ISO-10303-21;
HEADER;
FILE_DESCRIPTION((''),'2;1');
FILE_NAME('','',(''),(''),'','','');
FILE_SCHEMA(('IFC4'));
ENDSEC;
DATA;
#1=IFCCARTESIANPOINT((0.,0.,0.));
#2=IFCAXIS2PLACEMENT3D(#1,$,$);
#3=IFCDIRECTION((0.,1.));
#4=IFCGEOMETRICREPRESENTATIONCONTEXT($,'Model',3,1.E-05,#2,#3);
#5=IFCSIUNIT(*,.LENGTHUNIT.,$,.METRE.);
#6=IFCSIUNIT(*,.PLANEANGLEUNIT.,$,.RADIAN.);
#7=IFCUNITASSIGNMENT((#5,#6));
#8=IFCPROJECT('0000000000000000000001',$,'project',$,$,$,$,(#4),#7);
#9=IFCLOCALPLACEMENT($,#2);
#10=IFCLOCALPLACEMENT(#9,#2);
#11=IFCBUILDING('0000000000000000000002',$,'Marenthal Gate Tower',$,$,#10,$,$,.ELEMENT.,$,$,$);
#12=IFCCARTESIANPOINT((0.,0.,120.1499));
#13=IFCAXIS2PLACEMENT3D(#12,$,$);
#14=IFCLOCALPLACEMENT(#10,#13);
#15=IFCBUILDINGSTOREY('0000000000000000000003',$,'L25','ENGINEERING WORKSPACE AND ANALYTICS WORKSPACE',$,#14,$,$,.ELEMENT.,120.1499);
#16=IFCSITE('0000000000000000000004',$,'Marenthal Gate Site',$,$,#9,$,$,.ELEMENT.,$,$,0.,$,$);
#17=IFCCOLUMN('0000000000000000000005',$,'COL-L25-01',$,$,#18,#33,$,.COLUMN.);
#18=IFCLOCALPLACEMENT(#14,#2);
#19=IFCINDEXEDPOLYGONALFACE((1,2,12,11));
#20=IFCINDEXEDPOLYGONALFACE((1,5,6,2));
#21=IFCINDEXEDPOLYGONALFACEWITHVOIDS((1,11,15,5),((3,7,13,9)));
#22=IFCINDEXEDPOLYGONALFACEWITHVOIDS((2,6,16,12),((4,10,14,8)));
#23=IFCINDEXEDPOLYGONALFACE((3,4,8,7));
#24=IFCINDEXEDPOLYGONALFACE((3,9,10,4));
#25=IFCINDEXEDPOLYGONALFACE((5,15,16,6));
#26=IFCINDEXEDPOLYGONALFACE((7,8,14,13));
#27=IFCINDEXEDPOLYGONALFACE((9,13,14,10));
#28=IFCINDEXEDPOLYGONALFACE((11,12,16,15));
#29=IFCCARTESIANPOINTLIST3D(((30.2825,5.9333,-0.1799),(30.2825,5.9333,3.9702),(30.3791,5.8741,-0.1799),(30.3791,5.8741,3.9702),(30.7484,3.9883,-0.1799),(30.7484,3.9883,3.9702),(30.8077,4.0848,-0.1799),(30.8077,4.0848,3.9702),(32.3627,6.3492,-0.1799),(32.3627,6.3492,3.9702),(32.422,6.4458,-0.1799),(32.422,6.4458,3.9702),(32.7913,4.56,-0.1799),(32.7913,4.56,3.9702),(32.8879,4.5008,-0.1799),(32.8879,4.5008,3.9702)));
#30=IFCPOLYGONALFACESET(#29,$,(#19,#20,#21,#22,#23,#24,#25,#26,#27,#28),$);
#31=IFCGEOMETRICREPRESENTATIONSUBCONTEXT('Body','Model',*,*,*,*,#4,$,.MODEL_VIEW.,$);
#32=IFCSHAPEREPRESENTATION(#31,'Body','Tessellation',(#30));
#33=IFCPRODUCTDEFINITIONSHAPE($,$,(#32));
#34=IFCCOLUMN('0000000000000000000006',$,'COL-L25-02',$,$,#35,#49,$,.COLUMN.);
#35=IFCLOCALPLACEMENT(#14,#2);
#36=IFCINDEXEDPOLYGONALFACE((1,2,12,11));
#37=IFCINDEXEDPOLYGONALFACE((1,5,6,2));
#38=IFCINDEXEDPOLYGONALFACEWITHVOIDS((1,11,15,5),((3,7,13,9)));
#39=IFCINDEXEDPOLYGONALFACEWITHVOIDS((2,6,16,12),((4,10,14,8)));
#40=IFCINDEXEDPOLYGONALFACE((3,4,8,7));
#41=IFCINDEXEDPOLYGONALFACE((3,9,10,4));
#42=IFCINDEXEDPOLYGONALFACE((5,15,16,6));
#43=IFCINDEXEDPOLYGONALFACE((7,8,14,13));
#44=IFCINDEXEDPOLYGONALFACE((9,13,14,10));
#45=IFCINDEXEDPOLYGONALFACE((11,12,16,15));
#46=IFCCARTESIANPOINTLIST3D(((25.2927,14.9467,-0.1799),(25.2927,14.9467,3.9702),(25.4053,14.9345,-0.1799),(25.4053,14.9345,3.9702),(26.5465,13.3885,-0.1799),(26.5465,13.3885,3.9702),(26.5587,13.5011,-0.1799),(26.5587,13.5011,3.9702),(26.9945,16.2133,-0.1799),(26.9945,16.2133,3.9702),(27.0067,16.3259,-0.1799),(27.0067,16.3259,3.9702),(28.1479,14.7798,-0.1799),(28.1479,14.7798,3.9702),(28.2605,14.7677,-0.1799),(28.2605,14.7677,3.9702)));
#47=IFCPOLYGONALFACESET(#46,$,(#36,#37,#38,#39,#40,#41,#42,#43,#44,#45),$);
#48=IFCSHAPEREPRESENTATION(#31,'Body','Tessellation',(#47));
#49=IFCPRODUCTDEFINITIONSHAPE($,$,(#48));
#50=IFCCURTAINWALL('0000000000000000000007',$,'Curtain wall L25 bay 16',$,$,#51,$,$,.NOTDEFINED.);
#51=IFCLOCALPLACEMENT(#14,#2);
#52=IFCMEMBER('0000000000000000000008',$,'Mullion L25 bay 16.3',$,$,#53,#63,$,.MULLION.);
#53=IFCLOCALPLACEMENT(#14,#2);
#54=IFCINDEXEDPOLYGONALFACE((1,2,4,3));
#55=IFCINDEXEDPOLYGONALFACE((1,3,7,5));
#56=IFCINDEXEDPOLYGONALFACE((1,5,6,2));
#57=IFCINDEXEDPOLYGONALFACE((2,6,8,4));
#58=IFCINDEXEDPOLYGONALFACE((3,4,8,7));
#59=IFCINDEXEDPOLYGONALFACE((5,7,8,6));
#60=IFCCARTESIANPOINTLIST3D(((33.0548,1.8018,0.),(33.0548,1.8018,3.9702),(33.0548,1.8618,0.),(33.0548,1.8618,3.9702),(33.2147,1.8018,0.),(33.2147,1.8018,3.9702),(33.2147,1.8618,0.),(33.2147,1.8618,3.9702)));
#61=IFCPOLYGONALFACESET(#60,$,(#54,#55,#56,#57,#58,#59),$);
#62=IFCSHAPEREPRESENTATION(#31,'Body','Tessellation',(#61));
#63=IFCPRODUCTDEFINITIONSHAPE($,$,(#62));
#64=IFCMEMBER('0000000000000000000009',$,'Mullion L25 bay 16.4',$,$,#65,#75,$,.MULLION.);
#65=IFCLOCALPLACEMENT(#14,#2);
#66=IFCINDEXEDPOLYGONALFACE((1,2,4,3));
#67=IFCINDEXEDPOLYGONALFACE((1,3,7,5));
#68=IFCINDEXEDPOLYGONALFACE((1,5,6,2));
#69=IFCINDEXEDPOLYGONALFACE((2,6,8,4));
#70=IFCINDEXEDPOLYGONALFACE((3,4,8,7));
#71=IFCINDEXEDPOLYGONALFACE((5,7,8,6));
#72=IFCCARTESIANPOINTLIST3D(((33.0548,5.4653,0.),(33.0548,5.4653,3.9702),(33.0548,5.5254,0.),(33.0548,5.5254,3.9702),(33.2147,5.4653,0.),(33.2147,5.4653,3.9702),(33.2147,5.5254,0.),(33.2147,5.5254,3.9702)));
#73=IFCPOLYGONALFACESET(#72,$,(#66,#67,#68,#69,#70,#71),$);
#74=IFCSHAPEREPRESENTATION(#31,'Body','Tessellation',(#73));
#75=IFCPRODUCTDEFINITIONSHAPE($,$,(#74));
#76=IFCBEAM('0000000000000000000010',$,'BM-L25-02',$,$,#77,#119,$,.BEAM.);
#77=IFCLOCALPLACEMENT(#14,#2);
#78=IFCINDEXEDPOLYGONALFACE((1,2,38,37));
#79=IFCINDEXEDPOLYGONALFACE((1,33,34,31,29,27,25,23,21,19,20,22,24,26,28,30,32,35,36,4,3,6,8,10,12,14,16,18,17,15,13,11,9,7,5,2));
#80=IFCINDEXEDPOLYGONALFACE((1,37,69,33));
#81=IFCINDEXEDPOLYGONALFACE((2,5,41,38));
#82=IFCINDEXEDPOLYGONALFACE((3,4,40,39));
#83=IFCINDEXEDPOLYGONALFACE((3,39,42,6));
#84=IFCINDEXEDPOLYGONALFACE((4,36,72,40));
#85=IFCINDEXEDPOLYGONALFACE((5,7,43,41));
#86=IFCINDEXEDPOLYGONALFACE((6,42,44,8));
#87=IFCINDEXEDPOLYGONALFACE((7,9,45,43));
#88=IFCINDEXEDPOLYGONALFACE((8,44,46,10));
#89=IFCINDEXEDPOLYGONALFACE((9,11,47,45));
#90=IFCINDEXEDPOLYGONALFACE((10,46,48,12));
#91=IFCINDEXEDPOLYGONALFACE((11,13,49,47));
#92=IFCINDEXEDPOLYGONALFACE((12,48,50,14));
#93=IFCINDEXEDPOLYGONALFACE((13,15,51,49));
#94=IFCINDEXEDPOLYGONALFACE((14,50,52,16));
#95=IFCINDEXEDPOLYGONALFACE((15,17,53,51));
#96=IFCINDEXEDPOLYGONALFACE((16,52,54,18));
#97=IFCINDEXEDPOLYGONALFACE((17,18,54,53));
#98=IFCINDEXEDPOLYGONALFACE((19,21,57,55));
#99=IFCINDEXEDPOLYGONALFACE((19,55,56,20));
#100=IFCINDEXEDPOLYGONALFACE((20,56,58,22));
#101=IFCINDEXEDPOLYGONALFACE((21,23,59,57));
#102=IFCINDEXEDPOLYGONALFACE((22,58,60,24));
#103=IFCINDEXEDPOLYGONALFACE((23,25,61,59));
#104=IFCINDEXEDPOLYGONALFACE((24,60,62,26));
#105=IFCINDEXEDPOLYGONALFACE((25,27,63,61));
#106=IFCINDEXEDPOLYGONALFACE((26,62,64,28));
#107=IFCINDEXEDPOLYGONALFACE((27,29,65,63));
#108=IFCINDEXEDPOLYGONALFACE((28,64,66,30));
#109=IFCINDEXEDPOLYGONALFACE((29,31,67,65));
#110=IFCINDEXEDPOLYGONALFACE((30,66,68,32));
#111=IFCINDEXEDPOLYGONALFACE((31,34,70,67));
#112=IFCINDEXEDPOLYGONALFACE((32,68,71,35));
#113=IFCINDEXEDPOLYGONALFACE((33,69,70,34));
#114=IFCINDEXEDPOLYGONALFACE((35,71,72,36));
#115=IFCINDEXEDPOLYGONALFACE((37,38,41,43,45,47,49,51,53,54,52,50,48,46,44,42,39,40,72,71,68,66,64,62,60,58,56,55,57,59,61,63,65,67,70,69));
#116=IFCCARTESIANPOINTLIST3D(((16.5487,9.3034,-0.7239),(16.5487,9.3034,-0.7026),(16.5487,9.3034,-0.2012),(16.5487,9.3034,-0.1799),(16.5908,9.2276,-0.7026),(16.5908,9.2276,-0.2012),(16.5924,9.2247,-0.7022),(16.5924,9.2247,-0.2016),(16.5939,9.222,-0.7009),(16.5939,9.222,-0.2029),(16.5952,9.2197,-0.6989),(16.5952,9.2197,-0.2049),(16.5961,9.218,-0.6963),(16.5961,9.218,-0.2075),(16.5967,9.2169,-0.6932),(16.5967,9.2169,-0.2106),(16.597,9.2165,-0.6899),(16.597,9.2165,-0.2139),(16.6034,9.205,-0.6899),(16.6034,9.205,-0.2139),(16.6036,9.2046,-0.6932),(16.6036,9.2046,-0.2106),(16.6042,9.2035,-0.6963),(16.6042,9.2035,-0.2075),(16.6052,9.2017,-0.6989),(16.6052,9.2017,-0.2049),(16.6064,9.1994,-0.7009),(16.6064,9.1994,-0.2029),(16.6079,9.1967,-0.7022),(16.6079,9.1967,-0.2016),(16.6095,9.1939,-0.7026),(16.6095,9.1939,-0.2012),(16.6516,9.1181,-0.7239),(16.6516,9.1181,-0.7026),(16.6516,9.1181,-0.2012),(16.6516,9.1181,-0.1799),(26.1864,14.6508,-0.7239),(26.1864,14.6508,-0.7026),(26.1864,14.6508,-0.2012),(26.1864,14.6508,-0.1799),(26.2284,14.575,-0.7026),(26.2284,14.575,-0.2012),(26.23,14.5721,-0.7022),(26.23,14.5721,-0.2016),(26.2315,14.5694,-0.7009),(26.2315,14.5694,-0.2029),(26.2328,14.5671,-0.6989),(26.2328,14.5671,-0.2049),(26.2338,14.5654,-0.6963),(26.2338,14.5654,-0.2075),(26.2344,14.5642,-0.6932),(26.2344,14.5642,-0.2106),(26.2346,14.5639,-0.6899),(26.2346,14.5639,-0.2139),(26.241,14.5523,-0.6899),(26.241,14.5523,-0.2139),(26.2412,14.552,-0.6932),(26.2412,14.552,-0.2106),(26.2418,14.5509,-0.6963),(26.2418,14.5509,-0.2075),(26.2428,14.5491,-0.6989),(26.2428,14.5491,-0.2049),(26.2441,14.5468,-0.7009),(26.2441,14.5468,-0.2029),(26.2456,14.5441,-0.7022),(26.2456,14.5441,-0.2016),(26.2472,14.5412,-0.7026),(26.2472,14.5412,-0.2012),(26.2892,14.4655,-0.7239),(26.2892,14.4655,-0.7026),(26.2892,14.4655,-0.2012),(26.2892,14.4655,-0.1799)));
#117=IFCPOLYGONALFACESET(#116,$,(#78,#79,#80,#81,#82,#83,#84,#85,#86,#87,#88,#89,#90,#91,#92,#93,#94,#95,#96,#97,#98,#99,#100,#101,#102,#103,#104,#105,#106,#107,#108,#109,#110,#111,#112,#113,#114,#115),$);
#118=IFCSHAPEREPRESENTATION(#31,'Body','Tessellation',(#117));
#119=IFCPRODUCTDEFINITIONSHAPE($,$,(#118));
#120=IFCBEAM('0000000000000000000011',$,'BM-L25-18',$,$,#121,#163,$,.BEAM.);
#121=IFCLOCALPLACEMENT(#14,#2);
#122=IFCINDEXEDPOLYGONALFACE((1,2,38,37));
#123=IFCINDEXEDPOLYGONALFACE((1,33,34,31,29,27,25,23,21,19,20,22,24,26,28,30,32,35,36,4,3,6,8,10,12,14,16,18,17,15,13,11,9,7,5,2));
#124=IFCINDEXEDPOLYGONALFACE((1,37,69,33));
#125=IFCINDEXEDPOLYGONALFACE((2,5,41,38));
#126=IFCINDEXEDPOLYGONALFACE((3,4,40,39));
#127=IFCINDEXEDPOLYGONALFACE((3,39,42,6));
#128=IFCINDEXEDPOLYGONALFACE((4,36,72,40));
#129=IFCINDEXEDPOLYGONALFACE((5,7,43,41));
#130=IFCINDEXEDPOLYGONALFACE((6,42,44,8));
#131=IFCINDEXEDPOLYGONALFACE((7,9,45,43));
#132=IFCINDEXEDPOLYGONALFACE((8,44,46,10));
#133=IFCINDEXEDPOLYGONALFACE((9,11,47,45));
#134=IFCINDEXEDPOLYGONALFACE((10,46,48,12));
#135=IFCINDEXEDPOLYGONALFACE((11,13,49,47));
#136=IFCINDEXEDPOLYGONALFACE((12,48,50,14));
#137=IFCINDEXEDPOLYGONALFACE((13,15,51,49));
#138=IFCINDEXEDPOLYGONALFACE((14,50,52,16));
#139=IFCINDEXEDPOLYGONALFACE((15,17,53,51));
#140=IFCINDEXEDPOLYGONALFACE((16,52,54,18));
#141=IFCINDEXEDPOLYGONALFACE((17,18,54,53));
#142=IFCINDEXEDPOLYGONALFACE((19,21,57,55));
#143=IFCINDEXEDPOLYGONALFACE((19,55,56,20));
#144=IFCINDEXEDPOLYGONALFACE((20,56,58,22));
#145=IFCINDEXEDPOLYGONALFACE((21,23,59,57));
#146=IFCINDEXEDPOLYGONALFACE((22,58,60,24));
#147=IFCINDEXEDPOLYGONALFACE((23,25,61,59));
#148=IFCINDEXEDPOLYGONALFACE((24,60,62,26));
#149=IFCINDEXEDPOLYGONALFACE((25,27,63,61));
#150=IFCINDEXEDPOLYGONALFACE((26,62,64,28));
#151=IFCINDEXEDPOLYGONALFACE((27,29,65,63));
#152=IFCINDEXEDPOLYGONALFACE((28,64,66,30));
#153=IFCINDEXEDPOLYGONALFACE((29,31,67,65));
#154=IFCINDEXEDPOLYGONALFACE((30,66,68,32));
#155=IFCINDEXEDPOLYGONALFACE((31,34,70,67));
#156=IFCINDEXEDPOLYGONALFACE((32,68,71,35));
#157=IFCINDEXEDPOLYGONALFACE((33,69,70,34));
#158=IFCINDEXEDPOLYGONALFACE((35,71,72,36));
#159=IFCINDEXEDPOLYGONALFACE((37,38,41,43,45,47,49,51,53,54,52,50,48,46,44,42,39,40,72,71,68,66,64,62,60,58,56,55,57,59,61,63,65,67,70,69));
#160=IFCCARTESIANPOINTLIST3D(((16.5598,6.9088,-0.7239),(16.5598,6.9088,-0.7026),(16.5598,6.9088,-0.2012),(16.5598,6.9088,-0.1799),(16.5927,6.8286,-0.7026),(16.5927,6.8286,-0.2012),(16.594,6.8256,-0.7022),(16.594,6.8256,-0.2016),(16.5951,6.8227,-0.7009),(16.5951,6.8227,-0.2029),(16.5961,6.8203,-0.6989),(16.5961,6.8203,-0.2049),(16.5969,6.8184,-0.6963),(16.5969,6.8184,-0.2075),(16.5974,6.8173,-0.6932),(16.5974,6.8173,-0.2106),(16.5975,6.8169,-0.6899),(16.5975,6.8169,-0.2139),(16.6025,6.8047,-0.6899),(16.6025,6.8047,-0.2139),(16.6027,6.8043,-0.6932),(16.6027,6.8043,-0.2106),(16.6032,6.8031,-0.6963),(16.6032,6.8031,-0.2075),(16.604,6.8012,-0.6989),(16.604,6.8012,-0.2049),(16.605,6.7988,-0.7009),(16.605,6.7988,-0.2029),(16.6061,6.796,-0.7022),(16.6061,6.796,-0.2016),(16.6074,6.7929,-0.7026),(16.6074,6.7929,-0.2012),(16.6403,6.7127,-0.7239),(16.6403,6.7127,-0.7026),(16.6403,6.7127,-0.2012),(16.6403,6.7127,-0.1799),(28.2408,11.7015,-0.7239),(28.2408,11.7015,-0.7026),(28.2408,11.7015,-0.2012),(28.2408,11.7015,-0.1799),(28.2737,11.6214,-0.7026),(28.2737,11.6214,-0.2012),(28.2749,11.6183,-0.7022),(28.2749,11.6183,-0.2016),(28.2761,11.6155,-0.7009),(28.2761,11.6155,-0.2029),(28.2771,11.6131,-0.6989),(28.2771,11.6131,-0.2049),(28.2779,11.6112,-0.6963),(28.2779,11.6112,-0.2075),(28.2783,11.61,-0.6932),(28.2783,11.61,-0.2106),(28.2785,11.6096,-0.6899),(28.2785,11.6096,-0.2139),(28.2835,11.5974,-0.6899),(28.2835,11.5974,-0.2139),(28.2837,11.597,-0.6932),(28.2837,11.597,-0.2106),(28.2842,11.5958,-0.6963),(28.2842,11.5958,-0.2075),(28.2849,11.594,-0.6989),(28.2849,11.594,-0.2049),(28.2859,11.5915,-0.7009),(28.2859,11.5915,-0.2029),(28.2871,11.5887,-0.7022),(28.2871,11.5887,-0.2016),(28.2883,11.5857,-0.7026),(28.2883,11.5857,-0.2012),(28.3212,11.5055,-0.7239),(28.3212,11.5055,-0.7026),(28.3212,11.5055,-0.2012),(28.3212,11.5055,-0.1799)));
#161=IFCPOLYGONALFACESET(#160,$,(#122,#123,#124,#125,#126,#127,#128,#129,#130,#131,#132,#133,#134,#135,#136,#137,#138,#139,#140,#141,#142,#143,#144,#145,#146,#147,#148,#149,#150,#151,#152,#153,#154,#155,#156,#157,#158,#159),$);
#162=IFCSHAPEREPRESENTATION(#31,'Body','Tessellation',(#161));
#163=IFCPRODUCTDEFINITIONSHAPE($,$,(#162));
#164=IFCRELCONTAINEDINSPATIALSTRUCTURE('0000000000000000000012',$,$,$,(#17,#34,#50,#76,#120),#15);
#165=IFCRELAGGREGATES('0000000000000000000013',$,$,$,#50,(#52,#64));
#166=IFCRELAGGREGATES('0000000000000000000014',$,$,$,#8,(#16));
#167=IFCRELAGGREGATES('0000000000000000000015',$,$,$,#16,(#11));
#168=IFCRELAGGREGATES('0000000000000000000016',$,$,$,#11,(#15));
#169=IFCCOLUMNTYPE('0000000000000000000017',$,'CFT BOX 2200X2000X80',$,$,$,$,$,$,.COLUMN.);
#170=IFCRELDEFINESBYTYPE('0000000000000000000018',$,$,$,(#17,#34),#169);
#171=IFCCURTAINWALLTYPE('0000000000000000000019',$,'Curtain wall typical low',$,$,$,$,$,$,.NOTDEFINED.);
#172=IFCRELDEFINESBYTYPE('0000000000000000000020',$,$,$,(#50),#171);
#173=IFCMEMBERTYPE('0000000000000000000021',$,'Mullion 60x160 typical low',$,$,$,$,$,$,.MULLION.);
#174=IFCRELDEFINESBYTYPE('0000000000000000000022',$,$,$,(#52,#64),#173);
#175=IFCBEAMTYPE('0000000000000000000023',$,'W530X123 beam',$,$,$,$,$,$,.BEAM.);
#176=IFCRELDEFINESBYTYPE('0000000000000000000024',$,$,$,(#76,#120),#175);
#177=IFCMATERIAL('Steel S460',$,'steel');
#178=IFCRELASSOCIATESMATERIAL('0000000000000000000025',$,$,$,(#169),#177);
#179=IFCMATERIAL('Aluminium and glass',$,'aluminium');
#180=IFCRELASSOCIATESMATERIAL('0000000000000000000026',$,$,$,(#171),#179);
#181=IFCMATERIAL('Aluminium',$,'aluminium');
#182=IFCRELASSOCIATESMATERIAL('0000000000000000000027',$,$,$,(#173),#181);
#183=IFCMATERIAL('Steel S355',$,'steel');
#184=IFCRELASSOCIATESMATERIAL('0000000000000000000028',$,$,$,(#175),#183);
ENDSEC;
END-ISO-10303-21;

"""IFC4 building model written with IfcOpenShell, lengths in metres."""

from ifc_helpers import new_model, si_unit, direction, frame, origin, origin_2d, place, context, subcontext, project, spatial, rectangle, hollow_rectangle, i_section, extrude, material, material_profile, profile_set, type_object, element, aggregate, save


model = new_model("IFC4")

# Units and contexts
model_context = context("Model", 3, precision=1e-05, world=origin(), true_north=direction((0.0, 1.0)))
body_context = subcontext(model_context, "Body", "Model", "MODEL_VIEW")
ifc_project = project(units=[si_unit("LENGTHUNIT", "METRE"), si_unit("PLANEANGLEUNIT", "RADIAN")], contexts=[model_context])

# Site, building, storey
site_placement = place(None, origin())
site = spatial("IfcSite", under=ifc_project, at=site_placement, Name="Marenthal Gate Site", CompositionType="ELEMENT", RefElevation=0.0)
building_placement = place(site_placement, origin())
building = spatial("IfcBuilding", under=site, at=building_placement, Name="Marenthal Gate Tower", CompositionType="ELEMENT")
storey_placement = place(building_placement, frame((0.0, 0.0, 120.1499)))
storey = spatial("IfcBuildingStorey", under=building, at=storey_placement, Name="L25", Description="ENGINEERING WORKSPACE AND ANALYTICS WORKSPACE", CompositionType="ELEMENT", Elevation=120.1499)

# Columns
ifc_material_1 = material(Name="Steel S460", Category="steel")
ifc_material_profile_1 = material_profile(ifc_material_1, hollow_rectangle(XDim=2.0, YDim=2.2, WallThickness=0.0801, at=origin_2d()), Name="CFT BOX 2200X2000X80")
ifc_material_2 = material(Name="Concrete 70 MPa", Category="concrete")
ifc_material_profile_2 = material_profile(ifc_material_2, rectangle(XDim=1.8401, YDim=2.04, at=origin_2d()), Name="CFT BOX 2200X2000X80 INFILL")
ifc_profile_set_1 = profile_set([ifc_material_profile_1, ifc_material_profile_2], Name="Steel S460 shell, Concrete 70 MPa infill")
column_type = type_object("IfcColumnType", Name="CFT BOX 2200X2000X80", PredefinedType="COLUMN", material=ifc_profile_set_1)
for number, where, z_axis, x_axis, name in (
    (1, (31.5852, 5.217, -0.1799), (0.0, 0.0, 1.0), (0.23295, -0.972489, 0.0), "COL-L25-01"),
    (2, (26.7766, 14.8572, -0.1799), (0.0, 0.0, 1.0), (0.626903, -0.779097, 0.0), "COL-L25-02"),
):
    element("IfcColumn", number, at=place(storey_placement, frame(where, z_axis=z_axis, x_axis=x_axis)), inside=storey, type_object=column_type, Name=name, PredefinedType="COLUMN", context=body_context, shape_type="SweptSolid", body=[
        extrude(hollow_rectangle(XDim=2.0, YDim=2.2, WallThickness=0.0801, at=origin_2d()), origin(), (0.0, 0.0, 1.0), 4.1501),
    ])

# Curtain wall, members
ifc_material_3 = material(Name="Aluminium and glass", Category="aluminium")
curtain_wall_type = type_object("IfcCurtainWallType", Name="Curtain wall typical low", PredefinedType="NOTDEFINED", material=ifc_material_3)
curtain_wall_placement = place(storey_placement, origin())
curtain_wall = element("IfcCurtainWall", 3, at=curtain_wall_placement, inside=storey, type_object=curtain_wall_type, Name="Curtain wall L25 bay 16", PredefinedType="NOTDEFINED")
ifc_material_4 = material(Name="Aluminium", Category="aluminium")
ifc_material_profile_3 = material_profile(ifc_material_4, rectangle(XDim=0.1599, YDim=0.0601, at=origin_2d()), Name="60x160 aluminium mullion")
ifc_profile_set_2 = profile_set([ifc_material_profile_3], Name="Aluminium")
member_type = type_object("IfcMemberType", Name="Mullion 60x160 typical low", PredefinedType="MULLION", material=ifc_profile_set_2)
member_1_placement = place(storey_placement, frame((33.1348, 1.8318, 0.0), z_axis=(0.0, 0.0, 1.0), x_axis=(-1.0, 0.0, 0.0)))
member_1 = element("IfcMember", 4, at=member_1_placement, type_object=member_type, Name="Mullion L25 bay 16.3", PredefinedType="MULLION", context=body_context, shape_type="SweptSolid", body=[
    extrude(rectangle(XDim=0.1599, YDim=0.0601, at=origin_2d()), origin(), (0.0, 0.0, 1.0), 3.9702),
])
member_2_placement = place(storey_placement, frame((33.1348, 5.4954, 0.0), z_axis=(0.0, 0.0, 1.0), x_axis=(-1.0, 0.0, 0.0)))
member_2 = element("IfcMember", 5, at=member_2_placement, type_object=member_type, Name="Mullion L25 bay 16.4", PredefinedType="MULLION", context=body_context, shape_type="SweptSolid", body=[
    extrude(rectangle(XDim=0.1599, YDim=0.0601, at=origin_2d()), origin(), (0.0, 0.0, 1.0), 3.9702),
])

# Beams
ifc_material_5 = material(Name="Steel S355", Category="steel")
ifc_material_profile_4 = material_profile(ifc_material_5, i_section(OverallWidth=0.2119, OverallDepth=0.5439, WebThickness=0.0132, FlangeThickness=0.0212, FilletRadius=0.0127, at=origin_2d()), Name="W530X123")
ifc_profile_set_3 = profile_set([ifc_material_profile_4], Name="Steel S355")
beam_type_1 = type_object("IfcBeamType", Name="W530X123 beam", PredefinedType="BEAM", material=ifc_profile_set_3)
beam_1_placement = place(storey_placement, frame((26.2378, 14.5581, -0.4519), z_axis=(-0.874421, -0.485167, 0.0), x_axis=(0.485167, -0.874421, 0.0)))
element("IfcBeam", 6, at=beam_1_placement, inside=storey, type_object=beam_type_1, Name="BM-L25-02", PredefinedType="BEAM", context=body_context, shape_type="SweptSolid", body=[
    extrude(i_section(OverallWidth=0.2119, OverallDepth=0.5439, WebThickness=0.0132, FlangeThickness=0.0212, FilletRadius=0.0127, at=origin_2d()), origin(), (0.0, 0.0, 1.0), 11.0217),
])
beam_2_placement = place(storey_placement, frame((28.281, 11.6035, -0.4519), z_axis=(-0.925153, -0.379594, 0.0), x_axis=(0.379594, -0.925153, 0.0)))
element("IfcBeam", 7, at=beam_2_placement, inside=storey, type_object=beam_type_1, Name="BM-L25-18", PredefinedType="BEAM", context=body_context, shape_type="SweptSolid", body=[
    extrude(i_section(OverallWidth=0.2119, OverallDepth=0.5439, WebThickness=0.0132, FlangeThickness=0.0212, FilletRadius=0.0127, at=origin_2d()), origin(), (0.0, 0.0, 1.0), 12.626),
])

aggregate(curtain_wall, [member_1, member_2])

save(model, "model.ifc")
